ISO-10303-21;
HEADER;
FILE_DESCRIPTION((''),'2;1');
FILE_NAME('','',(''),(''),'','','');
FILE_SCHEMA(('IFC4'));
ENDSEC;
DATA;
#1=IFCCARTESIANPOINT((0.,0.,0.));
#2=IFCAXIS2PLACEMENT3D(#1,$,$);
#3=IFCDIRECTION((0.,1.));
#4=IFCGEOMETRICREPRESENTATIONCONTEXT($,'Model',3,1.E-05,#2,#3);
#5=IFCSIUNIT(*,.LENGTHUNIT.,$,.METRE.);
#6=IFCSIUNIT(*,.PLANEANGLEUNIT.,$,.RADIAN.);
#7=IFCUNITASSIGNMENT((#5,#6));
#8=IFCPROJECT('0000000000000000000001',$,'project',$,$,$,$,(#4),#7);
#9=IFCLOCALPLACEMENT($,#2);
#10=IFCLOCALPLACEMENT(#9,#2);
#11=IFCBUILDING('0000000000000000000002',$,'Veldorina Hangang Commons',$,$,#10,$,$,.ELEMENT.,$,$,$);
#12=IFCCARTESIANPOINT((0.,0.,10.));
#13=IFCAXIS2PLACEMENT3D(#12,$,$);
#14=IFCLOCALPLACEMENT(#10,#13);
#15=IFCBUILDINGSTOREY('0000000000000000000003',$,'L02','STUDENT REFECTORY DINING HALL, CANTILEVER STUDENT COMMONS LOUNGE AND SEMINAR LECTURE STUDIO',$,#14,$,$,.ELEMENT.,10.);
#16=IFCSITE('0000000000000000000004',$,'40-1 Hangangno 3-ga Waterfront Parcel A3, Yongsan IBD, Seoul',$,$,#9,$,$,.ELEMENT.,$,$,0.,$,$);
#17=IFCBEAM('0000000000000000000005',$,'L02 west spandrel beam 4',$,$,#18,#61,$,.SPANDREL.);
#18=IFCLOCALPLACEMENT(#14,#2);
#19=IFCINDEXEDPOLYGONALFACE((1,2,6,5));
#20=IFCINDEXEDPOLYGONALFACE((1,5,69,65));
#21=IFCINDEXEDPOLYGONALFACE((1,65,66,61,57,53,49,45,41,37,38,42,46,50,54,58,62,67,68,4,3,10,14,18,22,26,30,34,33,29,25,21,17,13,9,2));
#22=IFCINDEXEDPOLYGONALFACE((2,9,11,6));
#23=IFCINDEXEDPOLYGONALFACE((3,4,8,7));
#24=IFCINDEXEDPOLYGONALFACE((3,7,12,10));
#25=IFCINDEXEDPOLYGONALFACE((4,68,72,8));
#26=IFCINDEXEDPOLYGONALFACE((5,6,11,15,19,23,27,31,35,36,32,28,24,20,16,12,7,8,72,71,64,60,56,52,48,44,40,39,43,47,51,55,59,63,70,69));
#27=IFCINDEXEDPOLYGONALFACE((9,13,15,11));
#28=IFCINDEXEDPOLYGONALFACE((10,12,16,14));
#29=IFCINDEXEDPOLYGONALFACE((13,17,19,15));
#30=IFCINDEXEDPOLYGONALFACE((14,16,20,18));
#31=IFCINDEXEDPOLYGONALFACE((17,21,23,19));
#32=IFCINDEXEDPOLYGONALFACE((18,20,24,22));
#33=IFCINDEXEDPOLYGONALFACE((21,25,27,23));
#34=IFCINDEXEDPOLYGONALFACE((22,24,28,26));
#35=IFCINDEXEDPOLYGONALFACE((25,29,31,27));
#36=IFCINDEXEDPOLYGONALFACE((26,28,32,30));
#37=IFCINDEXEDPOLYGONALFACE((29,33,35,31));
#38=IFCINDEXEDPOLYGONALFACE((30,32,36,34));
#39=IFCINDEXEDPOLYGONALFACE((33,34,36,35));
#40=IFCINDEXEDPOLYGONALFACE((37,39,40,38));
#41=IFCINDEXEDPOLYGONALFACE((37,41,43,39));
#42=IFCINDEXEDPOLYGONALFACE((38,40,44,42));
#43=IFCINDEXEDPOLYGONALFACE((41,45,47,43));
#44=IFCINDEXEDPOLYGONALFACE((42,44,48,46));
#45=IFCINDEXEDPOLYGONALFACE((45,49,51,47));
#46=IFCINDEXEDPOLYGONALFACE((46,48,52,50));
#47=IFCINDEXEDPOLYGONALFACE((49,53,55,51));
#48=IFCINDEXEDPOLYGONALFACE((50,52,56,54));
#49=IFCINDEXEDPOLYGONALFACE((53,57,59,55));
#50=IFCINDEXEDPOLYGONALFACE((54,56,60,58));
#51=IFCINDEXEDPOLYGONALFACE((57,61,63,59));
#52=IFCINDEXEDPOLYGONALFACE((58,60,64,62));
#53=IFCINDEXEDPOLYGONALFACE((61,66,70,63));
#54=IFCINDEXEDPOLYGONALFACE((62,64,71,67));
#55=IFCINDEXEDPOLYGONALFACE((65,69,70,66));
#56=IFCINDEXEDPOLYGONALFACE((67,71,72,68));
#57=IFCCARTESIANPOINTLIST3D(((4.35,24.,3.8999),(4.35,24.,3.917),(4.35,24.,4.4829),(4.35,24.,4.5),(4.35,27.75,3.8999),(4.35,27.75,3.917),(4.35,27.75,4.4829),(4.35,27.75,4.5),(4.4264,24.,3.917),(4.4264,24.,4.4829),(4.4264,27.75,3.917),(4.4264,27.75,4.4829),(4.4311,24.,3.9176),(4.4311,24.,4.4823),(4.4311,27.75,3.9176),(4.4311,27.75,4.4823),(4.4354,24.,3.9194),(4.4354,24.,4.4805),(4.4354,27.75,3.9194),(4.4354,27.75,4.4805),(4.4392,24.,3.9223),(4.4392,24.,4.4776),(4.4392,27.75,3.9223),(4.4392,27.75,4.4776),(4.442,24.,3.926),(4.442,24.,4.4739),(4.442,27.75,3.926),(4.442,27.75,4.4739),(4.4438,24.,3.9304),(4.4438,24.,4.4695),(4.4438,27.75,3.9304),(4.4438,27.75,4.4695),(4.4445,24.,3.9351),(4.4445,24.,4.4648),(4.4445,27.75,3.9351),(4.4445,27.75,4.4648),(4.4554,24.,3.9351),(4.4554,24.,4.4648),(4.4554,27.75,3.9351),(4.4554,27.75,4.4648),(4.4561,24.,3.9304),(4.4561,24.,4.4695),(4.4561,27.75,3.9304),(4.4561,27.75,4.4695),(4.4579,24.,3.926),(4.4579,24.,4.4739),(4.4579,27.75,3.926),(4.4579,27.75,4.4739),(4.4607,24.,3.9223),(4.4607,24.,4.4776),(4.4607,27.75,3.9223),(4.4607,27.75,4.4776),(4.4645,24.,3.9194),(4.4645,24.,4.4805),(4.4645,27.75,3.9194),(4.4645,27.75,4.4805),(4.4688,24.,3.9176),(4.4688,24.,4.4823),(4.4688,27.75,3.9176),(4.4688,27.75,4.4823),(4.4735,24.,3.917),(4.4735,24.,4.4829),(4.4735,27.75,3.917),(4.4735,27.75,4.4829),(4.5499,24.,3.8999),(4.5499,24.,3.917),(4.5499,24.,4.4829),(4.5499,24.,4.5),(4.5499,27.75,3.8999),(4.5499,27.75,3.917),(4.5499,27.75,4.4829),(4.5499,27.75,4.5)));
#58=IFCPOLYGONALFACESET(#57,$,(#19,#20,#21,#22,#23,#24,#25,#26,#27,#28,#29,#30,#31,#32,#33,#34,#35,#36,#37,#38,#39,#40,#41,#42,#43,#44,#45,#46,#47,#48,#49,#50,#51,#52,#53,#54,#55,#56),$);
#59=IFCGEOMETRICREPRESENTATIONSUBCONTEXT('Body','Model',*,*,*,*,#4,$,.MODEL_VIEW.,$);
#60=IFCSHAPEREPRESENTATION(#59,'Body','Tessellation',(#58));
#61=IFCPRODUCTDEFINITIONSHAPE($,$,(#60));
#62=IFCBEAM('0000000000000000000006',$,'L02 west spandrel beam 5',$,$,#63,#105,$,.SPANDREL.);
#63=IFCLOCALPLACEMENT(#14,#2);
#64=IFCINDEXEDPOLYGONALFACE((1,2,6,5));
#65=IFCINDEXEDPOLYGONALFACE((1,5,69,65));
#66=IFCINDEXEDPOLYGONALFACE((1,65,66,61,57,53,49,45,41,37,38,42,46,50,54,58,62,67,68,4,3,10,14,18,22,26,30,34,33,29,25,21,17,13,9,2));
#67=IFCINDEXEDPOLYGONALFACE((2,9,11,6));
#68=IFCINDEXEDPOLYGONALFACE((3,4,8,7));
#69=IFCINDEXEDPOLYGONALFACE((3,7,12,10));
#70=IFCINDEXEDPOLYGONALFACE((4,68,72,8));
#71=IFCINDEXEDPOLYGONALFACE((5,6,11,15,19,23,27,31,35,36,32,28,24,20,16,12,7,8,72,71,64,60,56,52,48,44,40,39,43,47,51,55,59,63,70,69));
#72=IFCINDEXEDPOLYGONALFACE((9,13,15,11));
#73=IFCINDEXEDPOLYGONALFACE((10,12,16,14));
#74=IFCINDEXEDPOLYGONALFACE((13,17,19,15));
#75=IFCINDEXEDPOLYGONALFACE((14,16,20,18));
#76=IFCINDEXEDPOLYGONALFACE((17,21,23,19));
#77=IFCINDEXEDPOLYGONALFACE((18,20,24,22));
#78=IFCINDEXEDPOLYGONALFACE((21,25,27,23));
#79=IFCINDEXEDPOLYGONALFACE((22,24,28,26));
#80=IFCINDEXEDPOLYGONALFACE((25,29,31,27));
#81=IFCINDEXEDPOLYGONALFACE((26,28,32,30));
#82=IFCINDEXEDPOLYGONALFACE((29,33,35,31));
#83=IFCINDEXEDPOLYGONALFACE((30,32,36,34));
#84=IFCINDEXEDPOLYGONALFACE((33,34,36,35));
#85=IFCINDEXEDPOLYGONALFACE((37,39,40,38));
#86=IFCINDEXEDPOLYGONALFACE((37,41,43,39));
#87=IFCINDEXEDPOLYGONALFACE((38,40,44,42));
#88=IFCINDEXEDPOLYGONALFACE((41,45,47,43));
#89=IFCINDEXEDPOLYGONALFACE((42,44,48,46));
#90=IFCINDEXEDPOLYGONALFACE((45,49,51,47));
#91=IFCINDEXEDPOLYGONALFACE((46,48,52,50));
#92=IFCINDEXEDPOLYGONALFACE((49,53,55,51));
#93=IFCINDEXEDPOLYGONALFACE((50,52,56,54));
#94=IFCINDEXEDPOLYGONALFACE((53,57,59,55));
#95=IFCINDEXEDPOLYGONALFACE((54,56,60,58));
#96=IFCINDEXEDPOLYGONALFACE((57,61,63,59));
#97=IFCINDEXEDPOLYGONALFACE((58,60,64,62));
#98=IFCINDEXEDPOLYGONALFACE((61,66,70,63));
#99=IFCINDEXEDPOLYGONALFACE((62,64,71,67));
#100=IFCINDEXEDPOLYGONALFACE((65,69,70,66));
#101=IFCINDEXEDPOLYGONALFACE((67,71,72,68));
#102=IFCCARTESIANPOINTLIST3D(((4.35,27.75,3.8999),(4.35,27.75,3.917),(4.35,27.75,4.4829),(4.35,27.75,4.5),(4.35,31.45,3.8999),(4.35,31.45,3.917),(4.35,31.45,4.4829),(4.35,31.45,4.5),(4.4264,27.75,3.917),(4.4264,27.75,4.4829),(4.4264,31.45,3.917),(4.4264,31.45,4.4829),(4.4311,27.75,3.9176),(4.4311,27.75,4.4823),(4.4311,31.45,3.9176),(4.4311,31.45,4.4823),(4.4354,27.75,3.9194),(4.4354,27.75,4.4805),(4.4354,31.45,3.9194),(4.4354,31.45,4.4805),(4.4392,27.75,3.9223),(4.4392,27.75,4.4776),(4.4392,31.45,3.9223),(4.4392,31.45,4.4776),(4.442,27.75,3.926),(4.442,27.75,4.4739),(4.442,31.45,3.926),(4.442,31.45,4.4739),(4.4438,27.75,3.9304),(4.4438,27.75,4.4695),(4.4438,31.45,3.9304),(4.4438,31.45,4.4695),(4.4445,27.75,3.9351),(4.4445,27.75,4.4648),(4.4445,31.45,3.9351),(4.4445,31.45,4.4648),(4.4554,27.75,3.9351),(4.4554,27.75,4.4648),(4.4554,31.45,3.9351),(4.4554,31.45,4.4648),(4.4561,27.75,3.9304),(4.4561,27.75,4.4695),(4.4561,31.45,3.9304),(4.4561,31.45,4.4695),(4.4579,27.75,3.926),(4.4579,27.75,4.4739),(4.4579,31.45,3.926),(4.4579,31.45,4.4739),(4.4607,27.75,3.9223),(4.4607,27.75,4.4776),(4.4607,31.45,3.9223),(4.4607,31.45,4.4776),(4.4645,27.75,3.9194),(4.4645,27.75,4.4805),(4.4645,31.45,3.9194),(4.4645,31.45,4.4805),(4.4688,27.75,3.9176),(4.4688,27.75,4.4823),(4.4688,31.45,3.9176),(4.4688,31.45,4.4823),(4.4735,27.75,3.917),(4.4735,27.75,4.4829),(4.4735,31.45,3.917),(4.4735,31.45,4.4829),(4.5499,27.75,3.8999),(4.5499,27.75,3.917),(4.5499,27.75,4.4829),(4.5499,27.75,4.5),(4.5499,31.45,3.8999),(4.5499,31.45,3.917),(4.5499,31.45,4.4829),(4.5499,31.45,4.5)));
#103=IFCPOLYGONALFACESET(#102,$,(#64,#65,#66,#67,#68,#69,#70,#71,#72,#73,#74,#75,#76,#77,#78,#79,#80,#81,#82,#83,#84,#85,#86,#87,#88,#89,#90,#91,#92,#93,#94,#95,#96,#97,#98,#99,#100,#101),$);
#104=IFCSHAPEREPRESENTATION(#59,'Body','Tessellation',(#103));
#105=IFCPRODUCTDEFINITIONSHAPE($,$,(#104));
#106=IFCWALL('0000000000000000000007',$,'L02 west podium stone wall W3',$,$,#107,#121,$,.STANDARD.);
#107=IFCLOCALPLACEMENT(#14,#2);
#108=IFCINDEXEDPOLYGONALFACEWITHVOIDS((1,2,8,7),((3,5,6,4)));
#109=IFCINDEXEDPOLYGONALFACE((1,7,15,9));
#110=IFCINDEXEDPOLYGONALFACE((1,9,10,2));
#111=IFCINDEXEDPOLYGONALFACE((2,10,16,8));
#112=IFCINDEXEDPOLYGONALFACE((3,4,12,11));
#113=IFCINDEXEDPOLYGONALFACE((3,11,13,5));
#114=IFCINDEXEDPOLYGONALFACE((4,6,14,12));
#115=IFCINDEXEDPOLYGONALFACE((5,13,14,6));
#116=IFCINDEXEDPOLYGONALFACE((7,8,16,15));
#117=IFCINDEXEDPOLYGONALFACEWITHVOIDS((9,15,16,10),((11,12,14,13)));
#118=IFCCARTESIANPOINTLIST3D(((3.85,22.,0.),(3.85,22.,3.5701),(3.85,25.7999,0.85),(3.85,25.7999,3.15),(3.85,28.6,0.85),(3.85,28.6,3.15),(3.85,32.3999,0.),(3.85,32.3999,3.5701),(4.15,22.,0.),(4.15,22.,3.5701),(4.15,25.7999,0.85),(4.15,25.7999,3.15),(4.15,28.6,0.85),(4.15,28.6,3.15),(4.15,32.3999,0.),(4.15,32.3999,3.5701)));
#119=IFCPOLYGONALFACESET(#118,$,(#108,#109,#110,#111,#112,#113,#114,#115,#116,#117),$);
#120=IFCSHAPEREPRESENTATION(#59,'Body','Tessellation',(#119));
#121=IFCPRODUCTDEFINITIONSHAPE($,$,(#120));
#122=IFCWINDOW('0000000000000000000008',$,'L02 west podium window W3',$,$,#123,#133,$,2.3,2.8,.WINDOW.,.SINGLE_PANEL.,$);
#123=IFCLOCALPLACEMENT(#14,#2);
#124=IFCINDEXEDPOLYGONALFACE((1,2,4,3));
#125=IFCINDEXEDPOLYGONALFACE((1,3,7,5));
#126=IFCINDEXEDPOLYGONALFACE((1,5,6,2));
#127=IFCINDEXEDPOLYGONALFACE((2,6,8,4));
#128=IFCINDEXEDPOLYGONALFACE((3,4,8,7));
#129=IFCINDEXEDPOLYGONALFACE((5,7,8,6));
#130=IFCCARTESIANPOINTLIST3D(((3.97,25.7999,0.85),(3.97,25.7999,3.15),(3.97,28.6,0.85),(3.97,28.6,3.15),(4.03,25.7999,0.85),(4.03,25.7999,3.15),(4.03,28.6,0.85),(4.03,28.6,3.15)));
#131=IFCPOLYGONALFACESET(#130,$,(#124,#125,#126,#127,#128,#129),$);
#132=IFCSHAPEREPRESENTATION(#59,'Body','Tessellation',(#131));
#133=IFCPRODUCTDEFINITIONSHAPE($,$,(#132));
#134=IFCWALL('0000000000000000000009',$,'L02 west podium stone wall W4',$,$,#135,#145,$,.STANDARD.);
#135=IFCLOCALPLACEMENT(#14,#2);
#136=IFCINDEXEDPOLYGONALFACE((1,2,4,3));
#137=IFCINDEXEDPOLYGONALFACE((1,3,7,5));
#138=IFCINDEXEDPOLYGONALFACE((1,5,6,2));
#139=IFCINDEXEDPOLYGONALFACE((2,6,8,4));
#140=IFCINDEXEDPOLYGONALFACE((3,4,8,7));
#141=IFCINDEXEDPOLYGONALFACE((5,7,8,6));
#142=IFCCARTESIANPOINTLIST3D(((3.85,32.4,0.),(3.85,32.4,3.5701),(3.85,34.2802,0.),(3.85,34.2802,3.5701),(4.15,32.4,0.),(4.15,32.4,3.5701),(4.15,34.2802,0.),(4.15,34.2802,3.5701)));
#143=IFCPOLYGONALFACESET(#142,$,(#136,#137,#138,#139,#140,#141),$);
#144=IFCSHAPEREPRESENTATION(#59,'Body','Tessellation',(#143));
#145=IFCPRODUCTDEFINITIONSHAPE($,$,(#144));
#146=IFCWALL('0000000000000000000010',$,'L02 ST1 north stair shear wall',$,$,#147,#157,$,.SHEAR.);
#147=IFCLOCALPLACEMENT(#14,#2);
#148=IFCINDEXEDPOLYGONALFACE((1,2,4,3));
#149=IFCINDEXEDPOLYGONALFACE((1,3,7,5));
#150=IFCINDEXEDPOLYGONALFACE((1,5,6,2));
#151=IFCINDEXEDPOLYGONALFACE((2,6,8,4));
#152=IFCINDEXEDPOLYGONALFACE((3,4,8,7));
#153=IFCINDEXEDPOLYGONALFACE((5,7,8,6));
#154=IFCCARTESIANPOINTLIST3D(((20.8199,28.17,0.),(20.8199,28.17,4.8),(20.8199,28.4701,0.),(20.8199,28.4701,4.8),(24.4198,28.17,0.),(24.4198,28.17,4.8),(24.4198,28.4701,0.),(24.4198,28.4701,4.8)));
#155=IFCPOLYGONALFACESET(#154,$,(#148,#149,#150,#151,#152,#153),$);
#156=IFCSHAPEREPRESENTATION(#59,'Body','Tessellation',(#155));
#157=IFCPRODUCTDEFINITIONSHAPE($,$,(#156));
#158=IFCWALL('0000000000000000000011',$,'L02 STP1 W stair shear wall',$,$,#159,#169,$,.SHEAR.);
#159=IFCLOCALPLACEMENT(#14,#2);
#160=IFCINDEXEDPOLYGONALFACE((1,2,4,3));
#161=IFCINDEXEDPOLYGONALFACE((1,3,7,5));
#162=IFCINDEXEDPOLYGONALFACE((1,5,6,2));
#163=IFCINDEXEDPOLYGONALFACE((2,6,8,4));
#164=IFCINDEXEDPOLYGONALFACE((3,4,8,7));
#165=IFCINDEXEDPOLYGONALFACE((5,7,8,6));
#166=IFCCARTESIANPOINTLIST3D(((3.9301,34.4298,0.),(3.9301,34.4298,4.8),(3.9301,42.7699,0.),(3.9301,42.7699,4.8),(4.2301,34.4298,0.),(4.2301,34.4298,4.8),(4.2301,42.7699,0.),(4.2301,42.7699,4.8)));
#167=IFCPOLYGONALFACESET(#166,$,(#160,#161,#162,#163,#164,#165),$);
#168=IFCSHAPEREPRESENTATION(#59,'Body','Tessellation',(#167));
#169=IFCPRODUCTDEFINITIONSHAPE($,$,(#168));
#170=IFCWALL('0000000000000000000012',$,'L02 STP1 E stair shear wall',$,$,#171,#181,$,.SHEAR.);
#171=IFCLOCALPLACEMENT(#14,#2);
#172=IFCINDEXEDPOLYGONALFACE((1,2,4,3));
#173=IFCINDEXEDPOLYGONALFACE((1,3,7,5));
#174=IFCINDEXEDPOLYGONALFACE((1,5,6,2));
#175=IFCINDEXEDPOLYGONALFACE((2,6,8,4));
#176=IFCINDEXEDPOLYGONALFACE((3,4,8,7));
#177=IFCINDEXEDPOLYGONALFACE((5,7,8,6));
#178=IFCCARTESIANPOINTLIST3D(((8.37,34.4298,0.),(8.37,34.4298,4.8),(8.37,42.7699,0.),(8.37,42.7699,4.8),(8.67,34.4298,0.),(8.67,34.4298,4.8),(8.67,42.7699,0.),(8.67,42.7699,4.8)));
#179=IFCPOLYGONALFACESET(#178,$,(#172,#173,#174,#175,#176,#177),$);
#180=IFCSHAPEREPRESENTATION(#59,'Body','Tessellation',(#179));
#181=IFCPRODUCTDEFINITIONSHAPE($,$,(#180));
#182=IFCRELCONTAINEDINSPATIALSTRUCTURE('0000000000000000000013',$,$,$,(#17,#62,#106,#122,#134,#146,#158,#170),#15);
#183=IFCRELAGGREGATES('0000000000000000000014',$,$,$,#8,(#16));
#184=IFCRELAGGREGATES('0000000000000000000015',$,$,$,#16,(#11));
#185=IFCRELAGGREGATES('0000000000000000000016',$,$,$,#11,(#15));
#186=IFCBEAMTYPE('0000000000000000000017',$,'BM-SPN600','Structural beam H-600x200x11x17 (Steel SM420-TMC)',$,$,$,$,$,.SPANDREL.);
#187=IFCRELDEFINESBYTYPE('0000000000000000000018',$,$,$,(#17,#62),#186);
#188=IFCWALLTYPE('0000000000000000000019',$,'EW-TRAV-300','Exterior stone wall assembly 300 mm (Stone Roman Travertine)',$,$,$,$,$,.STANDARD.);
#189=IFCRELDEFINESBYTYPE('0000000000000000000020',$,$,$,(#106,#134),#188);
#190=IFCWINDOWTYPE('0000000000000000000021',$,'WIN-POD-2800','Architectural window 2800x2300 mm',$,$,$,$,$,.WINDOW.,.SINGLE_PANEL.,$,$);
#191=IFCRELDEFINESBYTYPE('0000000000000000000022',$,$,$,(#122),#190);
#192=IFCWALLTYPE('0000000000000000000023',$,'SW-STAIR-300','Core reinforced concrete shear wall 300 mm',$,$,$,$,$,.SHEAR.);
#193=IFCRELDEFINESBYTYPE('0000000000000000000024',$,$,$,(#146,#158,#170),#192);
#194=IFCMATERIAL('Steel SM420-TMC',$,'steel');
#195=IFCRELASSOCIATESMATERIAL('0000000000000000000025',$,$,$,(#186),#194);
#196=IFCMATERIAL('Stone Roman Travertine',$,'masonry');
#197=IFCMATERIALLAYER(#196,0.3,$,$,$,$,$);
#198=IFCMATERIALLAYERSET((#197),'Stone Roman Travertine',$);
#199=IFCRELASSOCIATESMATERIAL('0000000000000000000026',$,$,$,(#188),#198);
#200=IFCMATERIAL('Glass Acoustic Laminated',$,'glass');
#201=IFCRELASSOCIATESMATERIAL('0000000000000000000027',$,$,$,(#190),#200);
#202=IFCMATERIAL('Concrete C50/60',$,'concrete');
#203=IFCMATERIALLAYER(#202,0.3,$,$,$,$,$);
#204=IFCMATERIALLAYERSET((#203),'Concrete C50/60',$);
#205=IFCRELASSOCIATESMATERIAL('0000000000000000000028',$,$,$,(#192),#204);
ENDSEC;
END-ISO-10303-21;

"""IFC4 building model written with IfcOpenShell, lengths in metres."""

from ifc_helpers import new_model, si_unit, direction, frame, frame_2d, origin, origin_2d, place, context, subcontext, project, spatial, rectangle, i_section, extrude, material, layer, layer_set, material_profile, profile_set, type_object, element, fill, save


model = new_model("IFC4")

# Units and contexts
model_context = context("Model", 3, precision=1e-05, world=origin(), true_north=direction((0.0, 1.0)))
body_context = subcontext(model_context, "Body", "Model", "MODEL_VIEW")
ifc_project = project(units=[si_unit("LENGTHUNIT", "METRE"), si_unit("PLANEANGLEUNIT", "RADIAN")], contexts=[model_context])

# Site, building, storey
site_placement = place(None, origin())
site = spatial("IfcSite", under=ifc_project, at=site_placement, Name="40-1 Hangangno 3-ga Waterfront Parcel A3, Yongsan IBD, Seoul", CompositionType="ELEMENT", RefElevation=0.0)
building_placement = place(site_placement, origin())
building = spatial("IfcBuilding", under=site, at=building_placement, Name="Veldorina Hangang Commons", CompositionType="ELEMENT")
storey_placement = place(building_placement, frame((0.0, 0.0, 10.0)))
storey = spatial("IfcBuildingStorey", under=building, at=storey_placement, Name="L02", Description="STUDENT REFECTORY DINING HALL, CANTILEVER STUDENT COMMONS LOUNGE AND SEMINAR LECTURE STUDIO", CompositionType="ELEMENT", Elevation=10.0)

# Shared definitions
ifc_material_1 = material(Name="Steel SM420-TMC", Category="steel")

# Beams
ifc_material_profile_1 = material_profile(ifc_material_1, i_section(OverallWidth=0.2, OverallDepth=0.6001, WebThickness=0.011, FlangeThickness=0.0171, FilletRadius=0.0181, at=origin_2d()), Name="H-600x200x11x17")
ifc_profile_set_1 = profile_set([ifc_material_profile_1], Name="Steel SM420-TMC")
beam_type_1 = type_object("IfcBeamType", Name="BM-SPN600", Description="Structural beam H-600x200x11x17 (Steel SM420-TMC)", PredefinedType="SPANDREL", material=ifc_profile_set_1)
beam_1_placement = place(storey_placement, frame((4.45, 24.0, 4.2), z_axis=(0.0, 1.0, 0.0), x_axis=(-1.0, 0.0, 0.0)))
element("IfcBeam", 1, at=beam_1_placement, inside=storey, type_object=beam_type_1, Name="L02 west spandrel beam 4", PredefinedType="SPANDREL", context=body_context, shape_type="SweptSolid", body=[
    extrude(i_section(OverallWidth=0.2, OverallDepth=0.6001, WebThickness=0.011, FlangeThickness=0.0171, FilletRadius=0.0181, at=origin_2d()), origin(), (0.0, 0.0, 1.0), 3.75),
])
beam_2_placement = place(storey_placement, frame((4.45, 27.75, 4.2), z_axis=(0.0, 1.0, 0.0), x_axis=(-1.0, 0.0, 0.0)))
element("IfcBeam", 2, at=beam_2_placement, inside=storey, type_object=beam_type_1, Name="L02 west spandrel beam 5", PredefinedType="SPANDREL", context=body_context, shape_type="SweptSolid", body=[
    extrude(i_section(OverallWidth=0.2, OverallDepth=0.6001, WebThickness=0.011, FlangeThickness=0.0171, FilletRadius=0.0181, at=origin_2d()), origin(), (0.0, 0.0, 1.0), 3.7),
])

# Wall, opening, window
ifc_material_2 = material(Name="Stone Roman Travertine", Category="masonry")
ifc_layer_1 = layer(ifc_material_2, 0.3)
ifc_layer_set_1 = layer_set([ifc_layer_1], Name="Stone Roman Travertine")
wall_type_1 = type_object("IfcWallType", Name="EW-TRAV-300", Description="Exterior stone wall assembly 300 mm (Stone Roman Travertine)", PredefinedType="STANDARD", material=ifc_layer_set_1)
wall_1_placement = place(storey_placement, frame((4.0, 32.3999, 0.0), z_axis=(0.0, 0.0, 1.0), x_axis=(0.0, -1.0, 0.0)))
wall_1 = element("IfcWall", 3, at=wall_1_placement, inside=storey, type_object=wall_type_1, Name="L02 west podium stone wall W3", PredefinedType="STANDARD", context=body_context, shape_type="SweptSolid", body=[
    extrude(rectangle(XDim=10.3999, YDim=0.3, at=frame_2d((5.2, 0.0))), origin(), (0.0, 0.0, 1.0), 3.5701),
])
opening_1_placement = place(wall_1_placement, frame((3.8, 0.0, 0.8501)))
opening_1 = element("IfcOpeningElement", 4, at=opening_1_placement, cuts=wall_1, PredefinedType="OPENING", context=body_context, shape_type="SweptSolid", body=[
    extrude(rectangle(XDim=2.8, YDim=2.3, at=frame_2d((1.3999, 1.1499))), frame((0.0, 0.1602, 0.0), z_axis=(0.0, -1.0, 0.0), x_axis=(1.0, 0.0, 0.0)), (0.0, 0.0, 1.0), 0.3201),
])
ifc_material_3 = material(Name="Glass Acoustic Laminated", Category="glass")
window_type = type_object("IfcWindowType", Name="WIN-POD-2800", Description="Architectural window 2800x2300 mm", PartitioningType="SINGLE_PANEL", PredefinedType="WINDOW", material=ifc_material_3)
window_placement = place(opening_1_placement, origin())
window = element("IfcWindow", 5, at=window_placement, inside=storey, type_object=window_type, Name="L02 west podium window W3", OverallHeight=2.3, OverallWidth=2.8, PartitioningType="SINGLE_PANEL", PredefinedType="WINDOW", context=body_context, shape_type="SweptSolid", body=[
    extrude(rectangle(XDim=2.8, YDim=2.3, at=frame_2d((1.3999, 1.1499))), frame((0.0, 0.03, 0.0), z_axis=(0.0, -1.0, 0.0), x_axis=(1.0, 0.0, 0.0)), (0.0, 0.0, 1.0), 0.0601),
])
fill(opening_1, window)

# Walls
wall_2_placement = place(storey_placement, frame((4.0, 34.28, 0.0), z_axis=(0.0, 0.0, 1.0), x_axis=(0.0, -1.0, 0.0)))
element("IfcWall", 6, at=wall_2_placement, inside=storey, type_object=wall_type_1, Name="L02 west podium stone wall W4", PredefinedType="STANDARD", context=body_context, shape_type="SweptSolid", body=[
    extrude(rectangle(XDim=1.8801, YDim=0.3, at=frame_2d((0.9399, 0.0))), origin(), (0.0, 0.0, 1.0), 3.5701),
])
ifc_material_4 = material(Name="Concrete C50/60", Category="concrete")
ifc_layer_2 = layer(ifc_material_4, 0.3)
ifc_layer_set_2 = layer_set([ifc_layer_2], Name="Concrete C50/60")
wall_type_2 = type_object("IfcWallType", Name="SW-STAIR-300", Description="Core reinforced concrete shear wall 300 mm", PredefinedType="SHEAR", material=ifc_layer_set_2)
wall_3_placement = place(storey_placement, frame((20.8201, 28.3201, 0.0), z_axis=(0.0, 0.0, 1.0), x_axis=(1.0, 0.0, 0.0)))
element("IfcWall", 7, at=wall_3_placement, inside=storey, type_object=wall_type_2, Name="L02 ST1 north stair shear wall", PredefinedType="SHEAR", context=body_context, shape_type="SweptSolid", body=[
    extrude(rectangle(XDim=3.5999, YDim=0.3, at=frame_2d((1.7998, 0.0))), origin(), (0.0, 0.0, 1.0), 4.8),
])
for number, where, z_axis, x_axis, name in (
    (8, (4.0801, 34.4299, 0.0), (0.0, 0.0, 1.0), (0.0, 1.0, 0.0), "L02 STP1 W stair shear wall"),
    (9, (8.52, 34.4299, 0.0), (0.0, 0.0, 1.0), (0.0, 1.0, 0.0), "L02 STP1 E stair shear wall"),
):
    element("IfcWall", number, at=place(storey_placement, frame(where, z_axis=z_axis, x_axis=x_axis)), inside=storey, type_object=wall_type_2, Name=name, PredefinedType="SHEAR", context=body_context, shape_type="SweptSolid", body=[
        extrude(rectangle(XDim=8.3401, YDim=0.3, at=frame_2d((4.1699, 0.0))), origin(), (0.0, 0.0, 1.0), 4.8),
    ])

save(model, "model.ifc")
